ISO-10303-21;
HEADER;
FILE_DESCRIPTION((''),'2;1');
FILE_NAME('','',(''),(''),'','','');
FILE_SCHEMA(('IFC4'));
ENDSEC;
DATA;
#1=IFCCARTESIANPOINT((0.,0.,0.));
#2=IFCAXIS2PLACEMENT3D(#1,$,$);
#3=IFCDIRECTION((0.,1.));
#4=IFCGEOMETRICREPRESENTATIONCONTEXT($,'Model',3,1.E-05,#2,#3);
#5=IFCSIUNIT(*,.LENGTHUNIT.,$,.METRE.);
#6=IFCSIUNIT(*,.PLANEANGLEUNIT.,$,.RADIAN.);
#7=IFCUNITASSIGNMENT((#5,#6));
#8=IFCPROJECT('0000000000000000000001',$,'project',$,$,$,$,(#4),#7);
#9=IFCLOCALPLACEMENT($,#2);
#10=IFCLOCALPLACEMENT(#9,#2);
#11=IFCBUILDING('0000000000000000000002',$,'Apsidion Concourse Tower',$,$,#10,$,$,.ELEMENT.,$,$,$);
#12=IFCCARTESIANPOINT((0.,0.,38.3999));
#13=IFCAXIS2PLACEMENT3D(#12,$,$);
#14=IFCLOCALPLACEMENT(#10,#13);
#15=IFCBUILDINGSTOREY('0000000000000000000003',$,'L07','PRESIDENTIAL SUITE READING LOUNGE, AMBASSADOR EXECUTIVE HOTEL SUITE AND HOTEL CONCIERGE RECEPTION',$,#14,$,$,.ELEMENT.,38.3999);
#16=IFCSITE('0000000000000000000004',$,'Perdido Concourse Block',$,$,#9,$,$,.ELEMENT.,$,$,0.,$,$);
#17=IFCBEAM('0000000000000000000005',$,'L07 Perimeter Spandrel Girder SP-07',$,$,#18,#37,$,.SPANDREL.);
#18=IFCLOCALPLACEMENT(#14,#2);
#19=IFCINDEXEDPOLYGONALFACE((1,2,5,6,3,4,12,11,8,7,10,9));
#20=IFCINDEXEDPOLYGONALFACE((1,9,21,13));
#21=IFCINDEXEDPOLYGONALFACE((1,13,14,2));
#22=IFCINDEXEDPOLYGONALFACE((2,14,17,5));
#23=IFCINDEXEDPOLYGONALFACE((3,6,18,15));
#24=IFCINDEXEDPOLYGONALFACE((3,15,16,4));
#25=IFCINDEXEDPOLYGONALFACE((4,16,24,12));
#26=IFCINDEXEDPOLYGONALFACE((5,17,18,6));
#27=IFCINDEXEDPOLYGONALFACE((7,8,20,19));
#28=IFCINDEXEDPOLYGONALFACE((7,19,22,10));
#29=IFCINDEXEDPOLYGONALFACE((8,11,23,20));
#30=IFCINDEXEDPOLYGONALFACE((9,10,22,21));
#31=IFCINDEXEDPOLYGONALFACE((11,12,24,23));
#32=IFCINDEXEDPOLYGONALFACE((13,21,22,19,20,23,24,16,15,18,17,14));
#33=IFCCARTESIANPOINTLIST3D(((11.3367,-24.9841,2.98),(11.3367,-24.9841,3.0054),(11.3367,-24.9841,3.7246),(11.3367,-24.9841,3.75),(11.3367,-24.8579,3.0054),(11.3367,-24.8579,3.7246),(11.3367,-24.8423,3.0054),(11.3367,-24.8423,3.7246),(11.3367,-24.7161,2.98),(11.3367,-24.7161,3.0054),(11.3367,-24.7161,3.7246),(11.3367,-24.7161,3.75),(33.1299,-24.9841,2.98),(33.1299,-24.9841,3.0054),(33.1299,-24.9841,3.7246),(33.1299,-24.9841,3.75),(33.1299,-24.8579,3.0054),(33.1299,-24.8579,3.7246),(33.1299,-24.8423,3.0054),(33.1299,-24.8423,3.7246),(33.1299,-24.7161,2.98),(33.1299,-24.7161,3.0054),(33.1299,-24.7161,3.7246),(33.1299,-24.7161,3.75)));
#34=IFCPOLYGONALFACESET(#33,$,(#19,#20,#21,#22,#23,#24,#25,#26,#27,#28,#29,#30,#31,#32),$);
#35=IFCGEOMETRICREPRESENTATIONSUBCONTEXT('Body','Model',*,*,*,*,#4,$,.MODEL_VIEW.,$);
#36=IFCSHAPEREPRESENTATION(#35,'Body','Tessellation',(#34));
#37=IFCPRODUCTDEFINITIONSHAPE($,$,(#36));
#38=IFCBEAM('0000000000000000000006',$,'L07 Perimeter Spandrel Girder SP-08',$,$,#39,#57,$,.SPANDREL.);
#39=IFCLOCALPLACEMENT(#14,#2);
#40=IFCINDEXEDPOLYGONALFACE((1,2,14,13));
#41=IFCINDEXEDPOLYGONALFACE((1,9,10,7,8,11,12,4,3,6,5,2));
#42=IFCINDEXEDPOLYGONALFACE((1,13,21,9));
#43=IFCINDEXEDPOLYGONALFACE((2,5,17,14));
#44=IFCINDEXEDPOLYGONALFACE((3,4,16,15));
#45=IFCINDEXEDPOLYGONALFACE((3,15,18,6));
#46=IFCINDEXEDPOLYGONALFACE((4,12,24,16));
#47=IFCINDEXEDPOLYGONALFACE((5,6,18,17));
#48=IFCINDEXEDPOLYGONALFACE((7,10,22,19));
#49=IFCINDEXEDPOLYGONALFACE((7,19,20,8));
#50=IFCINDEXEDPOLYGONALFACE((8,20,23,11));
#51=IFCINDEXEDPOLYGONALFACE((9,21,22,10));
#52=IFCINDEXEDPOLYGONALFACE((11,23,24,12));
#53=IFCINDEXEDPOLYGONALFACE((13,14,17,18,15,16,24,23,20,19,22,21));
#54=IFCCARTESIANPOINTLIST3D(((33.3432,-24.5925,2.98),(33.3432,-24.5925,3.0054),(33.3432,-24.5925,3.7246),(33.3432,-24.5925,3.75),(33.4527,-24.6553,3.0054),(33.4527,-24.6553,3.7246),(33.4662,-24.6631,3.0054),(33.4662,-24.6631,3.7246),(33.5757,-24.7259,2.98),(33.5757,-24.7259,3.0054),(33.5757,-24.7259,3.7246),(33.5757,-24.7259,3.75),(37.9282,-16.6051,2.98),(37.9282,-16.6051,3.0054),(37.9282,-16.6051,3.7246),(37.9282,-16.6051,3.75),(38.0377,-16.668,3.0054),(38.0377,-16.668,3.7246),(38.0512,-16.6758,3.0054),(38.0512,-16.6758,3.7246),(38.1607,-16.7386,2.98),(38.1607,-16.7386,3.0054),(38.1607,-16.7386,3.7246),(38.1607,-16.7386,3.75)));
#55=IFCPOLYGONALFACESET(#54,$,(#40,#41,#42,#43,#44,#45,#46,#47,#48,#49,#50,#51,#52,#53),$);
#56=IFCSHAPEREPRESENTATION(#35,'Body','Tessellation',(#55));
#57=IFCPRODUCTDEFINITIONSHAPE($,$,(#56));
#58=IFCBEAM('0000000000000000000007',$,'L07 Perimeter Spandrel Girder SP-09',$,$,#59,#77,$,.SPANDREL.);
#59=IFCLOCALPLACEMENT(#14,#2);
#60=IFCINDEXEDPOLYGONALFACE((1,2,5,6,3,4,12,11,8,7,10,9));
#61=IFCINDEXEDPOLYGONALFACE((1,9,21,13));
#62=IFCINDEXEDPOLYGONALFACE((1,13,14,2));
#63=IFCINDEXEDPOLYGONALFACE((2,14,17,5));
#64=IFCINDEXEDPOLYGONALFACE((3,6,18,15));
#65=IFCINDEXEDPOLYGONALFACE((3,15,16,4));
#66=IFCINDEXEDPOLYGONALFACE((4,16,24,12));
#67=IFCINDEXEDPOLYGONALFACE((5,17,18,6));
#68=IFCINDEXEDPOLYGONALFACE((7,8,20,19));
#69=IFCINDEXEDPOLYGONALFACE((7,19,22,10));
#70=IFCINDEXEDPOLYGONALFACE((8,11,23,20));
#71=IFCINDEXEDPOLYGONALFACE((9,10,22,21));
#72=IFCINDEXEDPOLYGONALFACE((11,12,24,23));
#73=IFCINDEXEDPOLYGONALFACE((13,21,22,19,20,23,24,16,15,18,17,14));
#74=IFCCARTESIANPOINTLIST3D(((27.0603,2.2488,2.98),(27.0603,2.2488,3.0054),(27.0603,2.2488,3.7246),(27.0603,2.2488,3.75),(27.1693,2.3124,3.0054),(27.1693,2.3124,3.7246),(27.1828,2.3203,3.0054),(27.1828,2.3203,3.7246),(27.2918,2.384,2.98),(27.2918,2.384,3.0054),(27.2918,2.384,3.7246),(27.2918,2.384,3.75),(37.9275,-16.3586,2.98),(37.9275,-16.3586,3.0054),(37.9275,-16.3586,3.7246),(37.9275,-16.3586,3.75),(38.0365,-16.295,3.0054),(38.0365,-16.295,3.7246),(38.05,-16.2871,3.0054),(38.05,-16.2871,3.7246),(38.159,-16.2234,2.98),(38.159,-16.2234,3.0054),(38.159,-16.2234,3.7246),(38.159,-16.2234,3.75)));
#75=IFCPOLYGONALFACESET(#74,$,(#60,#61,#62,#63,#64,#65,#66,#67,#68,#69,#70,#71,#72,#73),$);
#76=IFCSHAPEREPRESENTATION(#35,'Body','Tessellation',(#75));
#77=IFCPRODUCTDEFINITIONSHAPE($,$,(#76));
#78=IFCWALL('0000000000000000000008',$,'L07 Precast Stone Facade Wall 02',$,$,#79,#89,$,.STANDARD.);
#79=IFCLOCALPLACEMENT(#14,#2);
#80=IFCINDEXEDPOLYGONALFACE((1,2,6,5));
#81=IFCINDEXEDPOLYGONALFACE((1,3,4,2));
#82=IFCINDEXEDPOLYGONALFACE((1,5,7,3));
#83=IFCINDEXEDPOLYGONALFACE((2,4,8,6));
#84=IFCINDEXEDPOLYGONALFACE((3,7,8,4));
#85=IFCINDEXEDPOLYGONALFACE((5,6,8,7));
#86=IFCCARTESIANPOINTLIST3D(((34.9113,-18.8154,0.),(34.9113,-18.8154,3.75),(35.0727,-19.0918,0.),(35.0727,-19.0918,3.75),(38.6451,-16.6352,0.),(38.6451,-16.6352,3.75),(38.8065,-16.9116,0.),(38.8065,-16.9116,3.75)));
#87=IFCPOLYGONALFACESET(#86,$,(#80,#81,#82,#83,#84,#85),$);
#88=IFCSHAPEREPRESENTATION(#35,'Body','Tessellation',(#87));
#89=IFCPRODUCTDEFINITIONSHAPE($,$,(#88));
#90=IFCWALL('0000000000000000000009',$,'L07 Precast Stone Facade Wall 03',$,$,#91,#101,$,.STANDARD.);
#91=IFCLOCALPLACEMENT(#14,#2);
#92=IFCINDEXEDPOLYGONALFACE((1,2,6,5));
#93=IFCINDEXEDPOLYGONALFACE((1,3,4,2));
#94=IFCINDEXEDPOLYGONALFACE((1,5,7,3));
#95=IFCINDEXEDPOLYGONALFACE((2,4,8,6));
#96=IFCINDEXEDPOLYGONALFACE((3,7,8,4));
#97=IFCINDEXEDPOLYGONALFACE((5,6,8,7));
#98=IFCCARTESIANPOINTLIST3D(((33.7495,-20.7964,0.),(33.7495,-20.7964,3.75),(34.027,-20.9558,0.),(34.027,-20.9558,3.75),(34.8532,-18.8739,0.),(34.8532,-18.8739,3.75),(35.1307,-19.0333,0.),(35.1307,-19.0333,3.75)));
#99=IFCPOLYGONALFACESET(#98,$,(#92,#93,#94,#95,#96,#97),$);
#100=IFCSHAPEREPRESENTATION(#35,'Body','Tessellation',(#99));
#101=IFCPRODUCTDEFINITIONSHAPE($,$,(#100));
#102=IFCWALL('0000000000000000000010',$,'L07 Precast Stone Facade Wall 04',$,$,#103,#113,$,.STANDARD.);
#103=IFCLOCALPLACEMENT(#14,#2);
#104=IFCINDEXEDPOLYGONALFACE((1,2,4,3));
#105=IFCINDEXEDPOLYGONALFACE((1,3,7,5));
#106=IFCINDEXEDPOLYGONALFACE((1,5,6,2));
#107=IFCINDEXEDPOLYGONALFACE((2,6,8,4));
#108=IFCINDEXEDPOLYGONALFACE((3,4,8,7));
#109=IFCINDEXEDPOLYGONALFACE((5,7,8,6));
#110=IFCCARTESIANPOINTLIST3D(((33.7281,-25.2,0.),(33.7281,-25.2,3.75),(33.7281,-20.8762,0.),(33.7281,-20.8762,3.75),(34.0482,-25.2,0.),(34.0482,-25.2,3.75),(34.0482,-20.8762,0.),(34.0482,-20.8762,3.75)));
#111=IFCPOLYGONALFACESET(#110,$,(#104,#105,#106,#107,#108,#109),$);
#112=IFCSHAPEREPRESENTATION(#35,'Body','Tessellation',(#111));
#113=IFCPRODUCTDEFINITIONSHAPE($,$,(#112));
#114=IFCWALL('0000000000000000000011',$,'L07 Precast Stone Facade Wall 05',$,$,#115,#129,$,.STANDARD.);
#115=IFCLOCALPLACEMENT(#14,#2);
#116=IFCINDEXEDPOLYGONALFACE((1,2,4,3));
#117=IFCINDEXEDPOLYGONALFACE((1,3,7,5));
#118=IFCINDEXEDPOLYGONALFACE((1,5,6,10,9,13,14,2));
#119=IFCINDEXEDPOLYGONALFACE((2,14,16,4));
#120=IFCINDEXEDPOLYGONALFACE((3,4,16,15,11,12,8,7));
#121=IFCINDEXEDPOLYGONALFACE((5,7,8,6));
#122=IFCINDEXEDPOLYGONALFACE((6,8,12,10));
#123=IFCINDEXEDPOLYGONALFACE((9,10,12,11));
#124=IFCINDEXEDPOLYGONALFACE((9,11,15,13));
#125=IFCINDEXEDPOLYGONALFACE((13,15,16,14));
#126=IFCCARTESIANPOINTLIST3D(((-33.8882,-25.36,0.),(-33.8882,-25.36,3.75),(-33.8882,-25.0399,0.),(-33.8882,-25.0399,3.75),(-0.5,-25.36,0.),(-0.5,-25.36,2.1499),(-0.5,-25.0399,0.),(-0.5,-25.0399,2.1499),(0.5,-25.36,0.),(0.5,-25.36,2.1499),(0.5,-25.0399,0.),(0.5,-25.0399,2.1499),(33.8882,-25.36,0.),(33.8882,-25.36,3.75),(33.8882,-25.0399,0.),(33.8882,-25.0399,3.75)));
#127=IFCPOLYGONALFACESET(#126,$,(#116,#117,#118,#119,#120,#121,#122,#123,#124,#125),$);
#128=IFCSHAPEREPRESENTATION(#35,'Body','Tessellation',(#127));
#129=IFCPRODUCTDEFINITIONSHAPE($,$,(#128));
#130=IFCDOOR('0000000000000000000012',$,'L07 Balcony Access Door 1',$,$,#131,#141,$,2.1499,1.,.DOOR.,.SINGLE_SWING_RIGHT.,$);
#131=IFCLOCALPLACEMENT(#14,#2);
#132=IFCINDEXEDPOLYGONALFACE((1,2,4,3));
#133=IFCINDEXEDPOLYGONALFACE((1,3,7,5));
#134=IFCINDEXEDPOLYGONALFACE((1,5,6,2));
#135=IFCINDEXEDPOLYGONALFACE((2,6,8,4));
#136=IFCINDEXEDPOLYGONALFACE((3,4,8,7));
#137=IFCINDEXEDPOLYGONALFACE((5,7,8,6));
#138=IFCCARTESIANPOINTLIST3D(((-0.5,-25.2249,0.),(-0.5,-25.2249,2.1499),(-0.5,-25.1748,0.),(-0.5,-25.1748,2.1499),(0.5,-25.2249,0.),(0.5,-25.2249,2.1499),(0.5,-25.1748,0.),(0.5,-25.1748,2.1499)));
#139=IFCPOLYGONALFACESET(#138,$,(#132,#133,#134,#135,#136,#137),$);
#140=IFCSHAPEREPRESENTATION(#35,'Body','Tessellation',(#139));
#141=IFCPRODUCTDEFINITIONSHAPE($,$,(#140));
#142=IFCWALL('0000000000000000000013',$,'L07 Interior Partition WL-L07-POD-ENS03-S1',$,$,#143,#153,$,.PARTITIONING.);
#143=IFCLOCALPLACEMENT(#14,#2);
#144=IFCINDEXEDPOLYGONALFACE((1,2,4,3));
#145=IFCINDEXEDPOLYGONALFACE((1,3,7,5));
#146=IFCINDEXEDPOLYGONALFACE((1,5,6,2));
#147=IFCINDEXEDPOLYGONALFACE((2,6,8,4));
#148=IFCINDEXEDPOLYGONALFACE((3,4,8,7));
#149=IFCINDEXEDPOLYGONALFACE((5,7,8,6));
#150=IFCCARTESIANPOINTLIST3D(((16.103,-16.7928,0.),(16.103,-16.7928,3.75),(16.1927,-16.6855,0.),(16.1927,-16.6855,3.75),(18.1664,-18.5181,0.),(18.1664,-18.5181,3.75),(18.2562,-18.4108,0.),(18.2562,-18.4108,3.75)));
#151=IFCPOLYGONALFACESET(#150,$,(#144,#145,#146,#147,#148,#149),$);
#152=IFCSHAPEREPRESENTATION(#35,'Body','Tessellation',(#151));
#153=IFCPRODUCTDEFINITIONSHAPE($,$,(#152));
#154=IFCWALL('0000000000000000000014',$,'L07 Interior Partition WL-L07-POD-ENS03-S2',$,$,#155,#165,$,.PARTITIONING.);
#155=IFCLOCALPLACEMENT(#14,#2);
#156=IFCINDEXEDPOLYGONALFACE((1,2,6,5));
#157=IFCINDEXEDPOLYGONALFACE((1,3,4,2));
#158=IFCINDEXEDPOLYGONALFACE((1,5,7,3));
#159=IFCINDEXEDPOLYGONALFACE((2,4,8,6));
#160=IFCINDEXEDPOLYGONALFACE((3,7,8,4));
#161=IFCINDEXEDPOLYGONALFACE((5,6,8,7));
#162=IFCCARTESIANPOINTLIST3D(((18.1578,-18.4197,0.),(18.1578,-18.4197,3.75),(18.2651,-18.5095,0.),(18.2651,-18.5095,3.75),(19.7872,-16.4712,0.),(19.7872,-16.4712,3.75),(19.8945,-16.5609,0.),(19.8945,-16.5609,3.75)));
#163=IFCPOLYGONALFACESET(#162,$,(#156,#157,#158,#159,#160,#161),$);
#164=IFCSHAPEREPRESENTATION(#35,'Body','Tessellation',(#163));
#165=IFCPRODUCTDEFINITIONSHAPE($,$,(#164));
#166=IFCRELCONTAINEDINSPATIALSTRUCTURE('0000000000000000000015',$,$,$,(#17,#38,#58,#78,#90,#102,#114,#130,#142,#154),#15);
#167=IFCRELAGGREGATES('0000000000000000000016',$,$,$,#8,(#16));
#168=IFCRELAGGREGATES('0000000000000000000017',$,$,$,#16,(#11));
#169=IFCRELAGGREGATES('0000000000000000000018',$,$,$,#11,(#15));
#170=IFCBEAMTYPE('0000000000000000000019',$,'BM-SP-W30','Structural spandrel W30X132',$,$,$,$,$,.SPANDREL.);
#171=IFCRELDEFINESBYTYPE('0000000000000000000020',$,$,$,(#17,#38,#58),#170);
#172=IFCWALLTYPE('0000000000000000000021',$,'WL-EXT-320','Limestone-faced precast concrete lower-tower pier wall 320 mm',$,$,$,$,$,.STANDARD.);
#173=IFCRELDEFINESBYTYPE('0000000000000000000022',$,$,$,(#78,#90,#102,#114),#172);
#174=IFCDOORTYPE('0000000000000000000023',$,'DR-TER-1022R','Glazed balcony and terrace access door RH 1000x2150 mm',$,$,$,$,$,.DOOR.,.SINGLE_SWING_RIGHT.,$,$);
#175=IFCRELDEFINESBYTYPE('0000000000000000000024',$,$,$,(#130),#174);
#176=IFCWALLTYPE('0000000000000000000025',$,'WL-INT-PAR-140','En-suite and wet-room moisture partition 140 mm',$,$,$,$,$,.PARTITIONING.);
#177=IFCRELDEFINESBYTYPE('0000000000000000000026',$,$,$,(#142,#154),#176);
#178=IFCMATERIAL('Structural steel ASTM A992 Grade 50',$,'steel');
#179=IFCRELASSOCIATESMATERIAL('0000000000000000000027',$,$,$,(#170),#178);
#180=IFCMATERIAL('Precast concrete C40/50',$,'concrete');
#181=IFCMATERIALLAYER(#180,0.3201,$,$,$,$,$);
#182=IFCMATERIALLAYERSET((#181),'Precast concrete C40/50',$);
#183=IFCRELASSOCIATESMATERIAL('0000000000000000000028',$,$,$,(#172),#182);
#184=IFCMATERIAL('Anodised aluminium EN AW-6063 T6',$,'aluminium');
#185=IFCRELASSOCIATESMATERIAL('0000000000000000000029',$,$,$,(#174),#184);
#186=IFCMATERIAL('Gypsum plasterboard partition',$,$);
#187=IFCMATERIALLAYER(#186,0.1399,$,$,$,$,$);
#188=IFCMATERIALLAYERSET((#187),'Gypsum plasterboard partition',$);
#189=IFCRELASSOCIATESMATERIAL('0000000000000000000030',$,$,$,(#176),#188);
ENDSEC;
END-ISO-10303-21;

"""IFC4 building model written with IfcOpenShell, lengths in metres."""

from ifc_helpers import new_model, si_unit, direction, frame, frame_2d, origin, origin_2d, place, context, subcontext, project, spatial, rectangle, i_section, extrude, material, layer, layer_set, material_profile, profile_set, type_object, element, fill, save


model = new_model("IFC4")

# Units and contexts
model_context = context("Model", 3, precision=1e-05, world=origin(), true_north=direction((0.0, 1.0)))
body_context = subcontext(model_context, "Body", "Model", "MODEL_VIEW")
ifc_project = project(units=[si_unit("LENGTHUNIT", "METRE"), si_unit("PLANEANGLEUNIT", "RADIAN")], contexts=[model_context])

# Site, building, storey
site_placement = place(None, origin())
site = spatial("IfcSite", under=ifc_project, at=site_placement, Name="Perdido Concourse Block", CompositionType="ELEMENT", RefElevation=0.0)
building_placement = place(site_placement, origin())
building = spatial("IfcBuilding", under=site, at=building_placement, Name="Apsidion Concourse Tower", CompositionType="ELEMENT")
storey_placement = place(building_placement, frame((0.0, 0.0, 38.3999)))
storey = spatial("IfcBuildingStorey", under=building, at=storey_placement, Name="L07", Description="PRESIDENTIAL SUITE READING LOUNGE, AMBASSADOR EXECUTIVE HOTEL SUITE AND HOTEL CONCIERGE RECEPTION", CompositionType="ELEMENT", Elevation=38.3999)

# Beams
ifc_material_1 = material(Name="Structural steel ASTM A992 Grade 50", Category="steel")
ifc_material_profile_1 = material_profile(ifc_material_1, i_section(OverallWidth=0.2681, OverallDepth=0.77, WebThickness=0.0156, FlangeThickness=0.0254, at=origin_2d()), Name="W30X132")
ifc_profile_set_1 = profile_set([ifc_material_profile_1], Name="Structural steel ASTM A992 Grade 50")
beam_type_1 = type_object("IfcBeamType", Name="BM-SP-W30", Description="Structural spandrel W30X132", PredefinedType="SPANDREL", material=ifc_profile_set_1)
beam_1_placement = place(storey_placement, frame((11.3367, -24.8501, 3.365), z_axis=(1.0, 0.0, 0.0), x_axis=(0.0, 1.0, 0.0)))
element("IfcBeam", 1, at=beam_1_placement, inside=storey, type_object=beam_type_1, Name="L07 Perimeter Spandrel Girder SP-07", PredefinedType="SPANDREL", context=body_context, shape_type="SweptSolid", body=[
    extrude(i_section(OverallWidth=0.2681, OverallDepth=0.77, WebThickness=0.0156, FlangeThickness=0.0254, at=origin_2d()), origin(), (0.0, 0.0, 1.0), 21.7932),
])
beam_2_placement = place(storey_placement, frame((33.4595, -24.6592, 3.365), z_axis=(0.497839, 0.867269, 0.0), x_axis=(-0.867269, 0.497839, 0.0)))
element("IfcBeam", 2, at=beam_2_placement, inside=storey, type_object=beam_type_1, Name="L07 Perimeter Spandrel Girder SP-08", PredefinedType="SPANDREL", context=body_context, shape_type="SweptSolid", body=[
    extrude(i_section(OverallWidth=0.2681, OverallDepth=0.77, WebThickness=0.0156, FlangeThickness=0.0254, at=origin_2d()), origin(), (0.0, 0.0, 1.0), 9.2097),
])
beam_3_placement = place(storey_placement, frame((38.0432, -16.291, 3.365), z_axis=(-0.504316, 0.863519, 0.0), x_axis=(-0.863519, -0.504316, 0.0)))
element("IfcBeam", 3, at=beam_3_placement, inside=storey, type_object=beam_type_1, Name="L07 Perimeter Spandrel Girder SP-09", PredefinedType="SPANDREL", context=body_context, shape_type="SweptSolid", body=[
    extrude(i_section(OverallWidth=0.2681, OverallDepth=0.77, WebThickness=0.0156, FlangeThickness=0.0254, at=origin_2d()), origin(), (0.0, 0.0, 1.0), 21.5483),
])

# Walls
ifc_material_2 = material(Name="Precast concrete C40/50", Category="concrete")
ifc_layer_1 = layer(ifc_material_2, 0.3201)
ifc_layer_set_1 = layer_set([ifc_layer_1], Name="Precast concrete C40/50")
wall_type_1 = type_object("IfcWallType", Name="WL-EXT-320", Description="Limestone-faced precast concrete lower-tower pier wall 320 mm", PredefinedType="STANDARD", material=ifc_layer_set_1)
wall_1_placement = place(storey_placement, frame((38.7258, -16.7734, 0.0), z_axis=(0.0, 0.0, 1.0), x_axis=(-0.86357, -0.504229, 0.0)))
element("IfcWall", 4, at=wall_1_placement, inside=storey, type_object=wall_type_1, Name="L07 Precast Stone Facade Wall 02", PredefinedType="STANDARD", context=body_context, shape_type="SweptSolid", body=[
    extrude(rectangle(XDim=4.3237, YDim=0.3201, at=frame_2d((2.1619, 0.0))), origin(), (0.0, 0.0, 1.0), 3.75),
])
wall_2_placement = place(storey_placement, frame((34.9919, -18.9536, 0.0), z_axis=(0.0, 0.0, 1.0), x_axis=(-0.497881, -0.867245, 0.0)))
element("IfcWall", 5, at=wall_2_placement, inside=storey, type_object=wall_type_1, Name="L07 Precast Stone Facade Wall 03", PredefinedType="STANDARD", context=body_context, shape_type="SweptSolid", body=[
    extrude(rectangle(XDim=2.2168, YDim=0.3201, at=frame_2d((1.1084, 0.0))), origin(), (0.0, 0.0, 1.0), 3.75),
])
wall_3_placement = place(storey_placement, frame((33.8882, -20.8762, 0.0), z_axis=(0.0, 0.0, 1.0), x_axis=(0.0, -1.0, 0.0)))
element("IfcWall", 6, at=wall_3_placement, inside=storey, type_object=wall_type_1, Name="L07 Precast Stone Facade Wall 04", PredefinedType="STANDARD", context=body_context, shape_type="SweptSolid", body=[
    extrude(rectangle(XDim=4.3237, YDim=0.3201, at=frame_2d((2.1619, 0.0))), origin(), (0.0, 0.0, 1.0), 3.75),
])

# Wall, opening, door
wall_4_placement = place(storey_placement, frame((33.8882, -25.2, 0.0), z_axis=(0.0, 0.0, 1.0), x_axis=(-1.0, 0.0, 0.0)))
wall_4 = element("IfcWall", 7, at=wall_4_placement, inside=storey, type_object=wall_type_1, Name="L07 Precast Stone Facade Wall 05", PredefinedType="STANDARD", context=body_context, shape_type="SweptSolid", body=[
    extrude(rectangle(XDim=67.7764, YDim=0.3201, at=frame_2d((33.8882, 0.0))), origin(), (0.0, 0.0, 1.0), 3.75),
])
opening_1_placement = place(wall_4_placement, frame((33.3882, 0.0, 0.0)))
opening_1 = element("IfcOpeningElement", 8, at=opening_1_placement, cuts=wall_4, PredefinedType="OPENING", context=body_context, shape_type="SweptSolid", body=[
    extrude(rectangle(XDim=1.0, YDim=2.1499, at=frame_2d((0.5, 1.075))), frame((0.0, 0.1699, 0.0), z_axis=(0.0, -1.0, 0.0), x_axis=(1.0, 0.0, 0.0)), (0.0, 0.0, 1.0), 0.3401),
])
ifc_material_3 = material(Name="Anodised aluminium EN AW-6063 T6", Category="aluminium")
door_type_1 = type_object("IfcDoorType", Name="DR-TER-1022R", Description="Glazed balcony and terrace access door RH 1000x2150 mm", OperationType="SINGLE_SWING_RIGHT", PredefinedType="DOOR", material=ifc_material_3)
door_1_placement = place(opening_1_placement, origin())
door_1 = element("IfcDoor", 9, at=door_1_placement, inside=storey, type_object=door_type_1, Name="L07 Balcony Access Door 1", OperationType="SINGLE_SWING_RIGHT", OverallHeight=2.1499, OverallWidth=1.0, PredefinedType="DOOR", context=body_context, shape_type="SweptSolid", body=[
    extrude(rectangle(XDim=1.0, YDim=2.1499, at=frame_2d((0.5, 1.075))), frame((0.0, 0.0249, 0.0), z_axis=(0.0, -1.0, 0.0), x_axis=(1.0, 0.0, 0.0)), (0.0, 0.0, 1.0), 0.05),
])
fill(opening_1, door_1)

# Walls
ifc_material_4 = material(Name="Gypsum plasterboard partition")
ifc_layer_2 = layer(ifc_material_4, 0.1399)
ifc_layer_set_2 = layer_set([ifc_layer_2], Name="Gypsum plasterboard partition")
wall_type_2 = type_object("IfcWallType", Name="WL-INT-PAR-140", Description="En-suite and wet-room moisture partition 140 mm", PredefinedType="PARTITIONING", material=ifc_layer_set_2)
wall_5_placement = place(storey_placement, frame((16.1479, -16.7393, 0.0), z_axis=(0.0, 0.0, 1.0), x_axis=(0.767164, -0.641451, 0.0)))
element("IfcWall", 10, at=wall_5_placement, inside=storey, type_object=wall_type_2, Name="L07 Interior Partition WL-L07-POD-ENS03-S1", PredefinedType="PARTITIONING", context=body_context, shape_type="SweptSolid", body=[
    extrude(rectangle(XDim=2.6897, YDim=0.1399, at=frame_2d((1.3447, 0.0))), origin(), (0.0, 0.0, 1.0), 3.75),
])
wall_6_placement = place(storey_placement, frame((18.2114, -18.4646, 0.0), z_axis=(0.0, 0.0, 1.0), x_axis=(0.641498, 0.767125, 0.0)))
element("IfcWall", 11, at=wall_6_placement, inside=storey, type_object=wall_type_2, Name="L07 Interior Partition WL-L07-POD-ENS03-S2", PredefinedType="PARTITIONING", context=body_context, shape_type="SweptSolid", body=[
    extrude(rectangle(XDim=2.54, YDim=0.1399, at=frame_2d((1.27, 0.0))), origin(), (0.0, 0.0, 1.0), 3.75),
])

save(model, "model.ifc")
